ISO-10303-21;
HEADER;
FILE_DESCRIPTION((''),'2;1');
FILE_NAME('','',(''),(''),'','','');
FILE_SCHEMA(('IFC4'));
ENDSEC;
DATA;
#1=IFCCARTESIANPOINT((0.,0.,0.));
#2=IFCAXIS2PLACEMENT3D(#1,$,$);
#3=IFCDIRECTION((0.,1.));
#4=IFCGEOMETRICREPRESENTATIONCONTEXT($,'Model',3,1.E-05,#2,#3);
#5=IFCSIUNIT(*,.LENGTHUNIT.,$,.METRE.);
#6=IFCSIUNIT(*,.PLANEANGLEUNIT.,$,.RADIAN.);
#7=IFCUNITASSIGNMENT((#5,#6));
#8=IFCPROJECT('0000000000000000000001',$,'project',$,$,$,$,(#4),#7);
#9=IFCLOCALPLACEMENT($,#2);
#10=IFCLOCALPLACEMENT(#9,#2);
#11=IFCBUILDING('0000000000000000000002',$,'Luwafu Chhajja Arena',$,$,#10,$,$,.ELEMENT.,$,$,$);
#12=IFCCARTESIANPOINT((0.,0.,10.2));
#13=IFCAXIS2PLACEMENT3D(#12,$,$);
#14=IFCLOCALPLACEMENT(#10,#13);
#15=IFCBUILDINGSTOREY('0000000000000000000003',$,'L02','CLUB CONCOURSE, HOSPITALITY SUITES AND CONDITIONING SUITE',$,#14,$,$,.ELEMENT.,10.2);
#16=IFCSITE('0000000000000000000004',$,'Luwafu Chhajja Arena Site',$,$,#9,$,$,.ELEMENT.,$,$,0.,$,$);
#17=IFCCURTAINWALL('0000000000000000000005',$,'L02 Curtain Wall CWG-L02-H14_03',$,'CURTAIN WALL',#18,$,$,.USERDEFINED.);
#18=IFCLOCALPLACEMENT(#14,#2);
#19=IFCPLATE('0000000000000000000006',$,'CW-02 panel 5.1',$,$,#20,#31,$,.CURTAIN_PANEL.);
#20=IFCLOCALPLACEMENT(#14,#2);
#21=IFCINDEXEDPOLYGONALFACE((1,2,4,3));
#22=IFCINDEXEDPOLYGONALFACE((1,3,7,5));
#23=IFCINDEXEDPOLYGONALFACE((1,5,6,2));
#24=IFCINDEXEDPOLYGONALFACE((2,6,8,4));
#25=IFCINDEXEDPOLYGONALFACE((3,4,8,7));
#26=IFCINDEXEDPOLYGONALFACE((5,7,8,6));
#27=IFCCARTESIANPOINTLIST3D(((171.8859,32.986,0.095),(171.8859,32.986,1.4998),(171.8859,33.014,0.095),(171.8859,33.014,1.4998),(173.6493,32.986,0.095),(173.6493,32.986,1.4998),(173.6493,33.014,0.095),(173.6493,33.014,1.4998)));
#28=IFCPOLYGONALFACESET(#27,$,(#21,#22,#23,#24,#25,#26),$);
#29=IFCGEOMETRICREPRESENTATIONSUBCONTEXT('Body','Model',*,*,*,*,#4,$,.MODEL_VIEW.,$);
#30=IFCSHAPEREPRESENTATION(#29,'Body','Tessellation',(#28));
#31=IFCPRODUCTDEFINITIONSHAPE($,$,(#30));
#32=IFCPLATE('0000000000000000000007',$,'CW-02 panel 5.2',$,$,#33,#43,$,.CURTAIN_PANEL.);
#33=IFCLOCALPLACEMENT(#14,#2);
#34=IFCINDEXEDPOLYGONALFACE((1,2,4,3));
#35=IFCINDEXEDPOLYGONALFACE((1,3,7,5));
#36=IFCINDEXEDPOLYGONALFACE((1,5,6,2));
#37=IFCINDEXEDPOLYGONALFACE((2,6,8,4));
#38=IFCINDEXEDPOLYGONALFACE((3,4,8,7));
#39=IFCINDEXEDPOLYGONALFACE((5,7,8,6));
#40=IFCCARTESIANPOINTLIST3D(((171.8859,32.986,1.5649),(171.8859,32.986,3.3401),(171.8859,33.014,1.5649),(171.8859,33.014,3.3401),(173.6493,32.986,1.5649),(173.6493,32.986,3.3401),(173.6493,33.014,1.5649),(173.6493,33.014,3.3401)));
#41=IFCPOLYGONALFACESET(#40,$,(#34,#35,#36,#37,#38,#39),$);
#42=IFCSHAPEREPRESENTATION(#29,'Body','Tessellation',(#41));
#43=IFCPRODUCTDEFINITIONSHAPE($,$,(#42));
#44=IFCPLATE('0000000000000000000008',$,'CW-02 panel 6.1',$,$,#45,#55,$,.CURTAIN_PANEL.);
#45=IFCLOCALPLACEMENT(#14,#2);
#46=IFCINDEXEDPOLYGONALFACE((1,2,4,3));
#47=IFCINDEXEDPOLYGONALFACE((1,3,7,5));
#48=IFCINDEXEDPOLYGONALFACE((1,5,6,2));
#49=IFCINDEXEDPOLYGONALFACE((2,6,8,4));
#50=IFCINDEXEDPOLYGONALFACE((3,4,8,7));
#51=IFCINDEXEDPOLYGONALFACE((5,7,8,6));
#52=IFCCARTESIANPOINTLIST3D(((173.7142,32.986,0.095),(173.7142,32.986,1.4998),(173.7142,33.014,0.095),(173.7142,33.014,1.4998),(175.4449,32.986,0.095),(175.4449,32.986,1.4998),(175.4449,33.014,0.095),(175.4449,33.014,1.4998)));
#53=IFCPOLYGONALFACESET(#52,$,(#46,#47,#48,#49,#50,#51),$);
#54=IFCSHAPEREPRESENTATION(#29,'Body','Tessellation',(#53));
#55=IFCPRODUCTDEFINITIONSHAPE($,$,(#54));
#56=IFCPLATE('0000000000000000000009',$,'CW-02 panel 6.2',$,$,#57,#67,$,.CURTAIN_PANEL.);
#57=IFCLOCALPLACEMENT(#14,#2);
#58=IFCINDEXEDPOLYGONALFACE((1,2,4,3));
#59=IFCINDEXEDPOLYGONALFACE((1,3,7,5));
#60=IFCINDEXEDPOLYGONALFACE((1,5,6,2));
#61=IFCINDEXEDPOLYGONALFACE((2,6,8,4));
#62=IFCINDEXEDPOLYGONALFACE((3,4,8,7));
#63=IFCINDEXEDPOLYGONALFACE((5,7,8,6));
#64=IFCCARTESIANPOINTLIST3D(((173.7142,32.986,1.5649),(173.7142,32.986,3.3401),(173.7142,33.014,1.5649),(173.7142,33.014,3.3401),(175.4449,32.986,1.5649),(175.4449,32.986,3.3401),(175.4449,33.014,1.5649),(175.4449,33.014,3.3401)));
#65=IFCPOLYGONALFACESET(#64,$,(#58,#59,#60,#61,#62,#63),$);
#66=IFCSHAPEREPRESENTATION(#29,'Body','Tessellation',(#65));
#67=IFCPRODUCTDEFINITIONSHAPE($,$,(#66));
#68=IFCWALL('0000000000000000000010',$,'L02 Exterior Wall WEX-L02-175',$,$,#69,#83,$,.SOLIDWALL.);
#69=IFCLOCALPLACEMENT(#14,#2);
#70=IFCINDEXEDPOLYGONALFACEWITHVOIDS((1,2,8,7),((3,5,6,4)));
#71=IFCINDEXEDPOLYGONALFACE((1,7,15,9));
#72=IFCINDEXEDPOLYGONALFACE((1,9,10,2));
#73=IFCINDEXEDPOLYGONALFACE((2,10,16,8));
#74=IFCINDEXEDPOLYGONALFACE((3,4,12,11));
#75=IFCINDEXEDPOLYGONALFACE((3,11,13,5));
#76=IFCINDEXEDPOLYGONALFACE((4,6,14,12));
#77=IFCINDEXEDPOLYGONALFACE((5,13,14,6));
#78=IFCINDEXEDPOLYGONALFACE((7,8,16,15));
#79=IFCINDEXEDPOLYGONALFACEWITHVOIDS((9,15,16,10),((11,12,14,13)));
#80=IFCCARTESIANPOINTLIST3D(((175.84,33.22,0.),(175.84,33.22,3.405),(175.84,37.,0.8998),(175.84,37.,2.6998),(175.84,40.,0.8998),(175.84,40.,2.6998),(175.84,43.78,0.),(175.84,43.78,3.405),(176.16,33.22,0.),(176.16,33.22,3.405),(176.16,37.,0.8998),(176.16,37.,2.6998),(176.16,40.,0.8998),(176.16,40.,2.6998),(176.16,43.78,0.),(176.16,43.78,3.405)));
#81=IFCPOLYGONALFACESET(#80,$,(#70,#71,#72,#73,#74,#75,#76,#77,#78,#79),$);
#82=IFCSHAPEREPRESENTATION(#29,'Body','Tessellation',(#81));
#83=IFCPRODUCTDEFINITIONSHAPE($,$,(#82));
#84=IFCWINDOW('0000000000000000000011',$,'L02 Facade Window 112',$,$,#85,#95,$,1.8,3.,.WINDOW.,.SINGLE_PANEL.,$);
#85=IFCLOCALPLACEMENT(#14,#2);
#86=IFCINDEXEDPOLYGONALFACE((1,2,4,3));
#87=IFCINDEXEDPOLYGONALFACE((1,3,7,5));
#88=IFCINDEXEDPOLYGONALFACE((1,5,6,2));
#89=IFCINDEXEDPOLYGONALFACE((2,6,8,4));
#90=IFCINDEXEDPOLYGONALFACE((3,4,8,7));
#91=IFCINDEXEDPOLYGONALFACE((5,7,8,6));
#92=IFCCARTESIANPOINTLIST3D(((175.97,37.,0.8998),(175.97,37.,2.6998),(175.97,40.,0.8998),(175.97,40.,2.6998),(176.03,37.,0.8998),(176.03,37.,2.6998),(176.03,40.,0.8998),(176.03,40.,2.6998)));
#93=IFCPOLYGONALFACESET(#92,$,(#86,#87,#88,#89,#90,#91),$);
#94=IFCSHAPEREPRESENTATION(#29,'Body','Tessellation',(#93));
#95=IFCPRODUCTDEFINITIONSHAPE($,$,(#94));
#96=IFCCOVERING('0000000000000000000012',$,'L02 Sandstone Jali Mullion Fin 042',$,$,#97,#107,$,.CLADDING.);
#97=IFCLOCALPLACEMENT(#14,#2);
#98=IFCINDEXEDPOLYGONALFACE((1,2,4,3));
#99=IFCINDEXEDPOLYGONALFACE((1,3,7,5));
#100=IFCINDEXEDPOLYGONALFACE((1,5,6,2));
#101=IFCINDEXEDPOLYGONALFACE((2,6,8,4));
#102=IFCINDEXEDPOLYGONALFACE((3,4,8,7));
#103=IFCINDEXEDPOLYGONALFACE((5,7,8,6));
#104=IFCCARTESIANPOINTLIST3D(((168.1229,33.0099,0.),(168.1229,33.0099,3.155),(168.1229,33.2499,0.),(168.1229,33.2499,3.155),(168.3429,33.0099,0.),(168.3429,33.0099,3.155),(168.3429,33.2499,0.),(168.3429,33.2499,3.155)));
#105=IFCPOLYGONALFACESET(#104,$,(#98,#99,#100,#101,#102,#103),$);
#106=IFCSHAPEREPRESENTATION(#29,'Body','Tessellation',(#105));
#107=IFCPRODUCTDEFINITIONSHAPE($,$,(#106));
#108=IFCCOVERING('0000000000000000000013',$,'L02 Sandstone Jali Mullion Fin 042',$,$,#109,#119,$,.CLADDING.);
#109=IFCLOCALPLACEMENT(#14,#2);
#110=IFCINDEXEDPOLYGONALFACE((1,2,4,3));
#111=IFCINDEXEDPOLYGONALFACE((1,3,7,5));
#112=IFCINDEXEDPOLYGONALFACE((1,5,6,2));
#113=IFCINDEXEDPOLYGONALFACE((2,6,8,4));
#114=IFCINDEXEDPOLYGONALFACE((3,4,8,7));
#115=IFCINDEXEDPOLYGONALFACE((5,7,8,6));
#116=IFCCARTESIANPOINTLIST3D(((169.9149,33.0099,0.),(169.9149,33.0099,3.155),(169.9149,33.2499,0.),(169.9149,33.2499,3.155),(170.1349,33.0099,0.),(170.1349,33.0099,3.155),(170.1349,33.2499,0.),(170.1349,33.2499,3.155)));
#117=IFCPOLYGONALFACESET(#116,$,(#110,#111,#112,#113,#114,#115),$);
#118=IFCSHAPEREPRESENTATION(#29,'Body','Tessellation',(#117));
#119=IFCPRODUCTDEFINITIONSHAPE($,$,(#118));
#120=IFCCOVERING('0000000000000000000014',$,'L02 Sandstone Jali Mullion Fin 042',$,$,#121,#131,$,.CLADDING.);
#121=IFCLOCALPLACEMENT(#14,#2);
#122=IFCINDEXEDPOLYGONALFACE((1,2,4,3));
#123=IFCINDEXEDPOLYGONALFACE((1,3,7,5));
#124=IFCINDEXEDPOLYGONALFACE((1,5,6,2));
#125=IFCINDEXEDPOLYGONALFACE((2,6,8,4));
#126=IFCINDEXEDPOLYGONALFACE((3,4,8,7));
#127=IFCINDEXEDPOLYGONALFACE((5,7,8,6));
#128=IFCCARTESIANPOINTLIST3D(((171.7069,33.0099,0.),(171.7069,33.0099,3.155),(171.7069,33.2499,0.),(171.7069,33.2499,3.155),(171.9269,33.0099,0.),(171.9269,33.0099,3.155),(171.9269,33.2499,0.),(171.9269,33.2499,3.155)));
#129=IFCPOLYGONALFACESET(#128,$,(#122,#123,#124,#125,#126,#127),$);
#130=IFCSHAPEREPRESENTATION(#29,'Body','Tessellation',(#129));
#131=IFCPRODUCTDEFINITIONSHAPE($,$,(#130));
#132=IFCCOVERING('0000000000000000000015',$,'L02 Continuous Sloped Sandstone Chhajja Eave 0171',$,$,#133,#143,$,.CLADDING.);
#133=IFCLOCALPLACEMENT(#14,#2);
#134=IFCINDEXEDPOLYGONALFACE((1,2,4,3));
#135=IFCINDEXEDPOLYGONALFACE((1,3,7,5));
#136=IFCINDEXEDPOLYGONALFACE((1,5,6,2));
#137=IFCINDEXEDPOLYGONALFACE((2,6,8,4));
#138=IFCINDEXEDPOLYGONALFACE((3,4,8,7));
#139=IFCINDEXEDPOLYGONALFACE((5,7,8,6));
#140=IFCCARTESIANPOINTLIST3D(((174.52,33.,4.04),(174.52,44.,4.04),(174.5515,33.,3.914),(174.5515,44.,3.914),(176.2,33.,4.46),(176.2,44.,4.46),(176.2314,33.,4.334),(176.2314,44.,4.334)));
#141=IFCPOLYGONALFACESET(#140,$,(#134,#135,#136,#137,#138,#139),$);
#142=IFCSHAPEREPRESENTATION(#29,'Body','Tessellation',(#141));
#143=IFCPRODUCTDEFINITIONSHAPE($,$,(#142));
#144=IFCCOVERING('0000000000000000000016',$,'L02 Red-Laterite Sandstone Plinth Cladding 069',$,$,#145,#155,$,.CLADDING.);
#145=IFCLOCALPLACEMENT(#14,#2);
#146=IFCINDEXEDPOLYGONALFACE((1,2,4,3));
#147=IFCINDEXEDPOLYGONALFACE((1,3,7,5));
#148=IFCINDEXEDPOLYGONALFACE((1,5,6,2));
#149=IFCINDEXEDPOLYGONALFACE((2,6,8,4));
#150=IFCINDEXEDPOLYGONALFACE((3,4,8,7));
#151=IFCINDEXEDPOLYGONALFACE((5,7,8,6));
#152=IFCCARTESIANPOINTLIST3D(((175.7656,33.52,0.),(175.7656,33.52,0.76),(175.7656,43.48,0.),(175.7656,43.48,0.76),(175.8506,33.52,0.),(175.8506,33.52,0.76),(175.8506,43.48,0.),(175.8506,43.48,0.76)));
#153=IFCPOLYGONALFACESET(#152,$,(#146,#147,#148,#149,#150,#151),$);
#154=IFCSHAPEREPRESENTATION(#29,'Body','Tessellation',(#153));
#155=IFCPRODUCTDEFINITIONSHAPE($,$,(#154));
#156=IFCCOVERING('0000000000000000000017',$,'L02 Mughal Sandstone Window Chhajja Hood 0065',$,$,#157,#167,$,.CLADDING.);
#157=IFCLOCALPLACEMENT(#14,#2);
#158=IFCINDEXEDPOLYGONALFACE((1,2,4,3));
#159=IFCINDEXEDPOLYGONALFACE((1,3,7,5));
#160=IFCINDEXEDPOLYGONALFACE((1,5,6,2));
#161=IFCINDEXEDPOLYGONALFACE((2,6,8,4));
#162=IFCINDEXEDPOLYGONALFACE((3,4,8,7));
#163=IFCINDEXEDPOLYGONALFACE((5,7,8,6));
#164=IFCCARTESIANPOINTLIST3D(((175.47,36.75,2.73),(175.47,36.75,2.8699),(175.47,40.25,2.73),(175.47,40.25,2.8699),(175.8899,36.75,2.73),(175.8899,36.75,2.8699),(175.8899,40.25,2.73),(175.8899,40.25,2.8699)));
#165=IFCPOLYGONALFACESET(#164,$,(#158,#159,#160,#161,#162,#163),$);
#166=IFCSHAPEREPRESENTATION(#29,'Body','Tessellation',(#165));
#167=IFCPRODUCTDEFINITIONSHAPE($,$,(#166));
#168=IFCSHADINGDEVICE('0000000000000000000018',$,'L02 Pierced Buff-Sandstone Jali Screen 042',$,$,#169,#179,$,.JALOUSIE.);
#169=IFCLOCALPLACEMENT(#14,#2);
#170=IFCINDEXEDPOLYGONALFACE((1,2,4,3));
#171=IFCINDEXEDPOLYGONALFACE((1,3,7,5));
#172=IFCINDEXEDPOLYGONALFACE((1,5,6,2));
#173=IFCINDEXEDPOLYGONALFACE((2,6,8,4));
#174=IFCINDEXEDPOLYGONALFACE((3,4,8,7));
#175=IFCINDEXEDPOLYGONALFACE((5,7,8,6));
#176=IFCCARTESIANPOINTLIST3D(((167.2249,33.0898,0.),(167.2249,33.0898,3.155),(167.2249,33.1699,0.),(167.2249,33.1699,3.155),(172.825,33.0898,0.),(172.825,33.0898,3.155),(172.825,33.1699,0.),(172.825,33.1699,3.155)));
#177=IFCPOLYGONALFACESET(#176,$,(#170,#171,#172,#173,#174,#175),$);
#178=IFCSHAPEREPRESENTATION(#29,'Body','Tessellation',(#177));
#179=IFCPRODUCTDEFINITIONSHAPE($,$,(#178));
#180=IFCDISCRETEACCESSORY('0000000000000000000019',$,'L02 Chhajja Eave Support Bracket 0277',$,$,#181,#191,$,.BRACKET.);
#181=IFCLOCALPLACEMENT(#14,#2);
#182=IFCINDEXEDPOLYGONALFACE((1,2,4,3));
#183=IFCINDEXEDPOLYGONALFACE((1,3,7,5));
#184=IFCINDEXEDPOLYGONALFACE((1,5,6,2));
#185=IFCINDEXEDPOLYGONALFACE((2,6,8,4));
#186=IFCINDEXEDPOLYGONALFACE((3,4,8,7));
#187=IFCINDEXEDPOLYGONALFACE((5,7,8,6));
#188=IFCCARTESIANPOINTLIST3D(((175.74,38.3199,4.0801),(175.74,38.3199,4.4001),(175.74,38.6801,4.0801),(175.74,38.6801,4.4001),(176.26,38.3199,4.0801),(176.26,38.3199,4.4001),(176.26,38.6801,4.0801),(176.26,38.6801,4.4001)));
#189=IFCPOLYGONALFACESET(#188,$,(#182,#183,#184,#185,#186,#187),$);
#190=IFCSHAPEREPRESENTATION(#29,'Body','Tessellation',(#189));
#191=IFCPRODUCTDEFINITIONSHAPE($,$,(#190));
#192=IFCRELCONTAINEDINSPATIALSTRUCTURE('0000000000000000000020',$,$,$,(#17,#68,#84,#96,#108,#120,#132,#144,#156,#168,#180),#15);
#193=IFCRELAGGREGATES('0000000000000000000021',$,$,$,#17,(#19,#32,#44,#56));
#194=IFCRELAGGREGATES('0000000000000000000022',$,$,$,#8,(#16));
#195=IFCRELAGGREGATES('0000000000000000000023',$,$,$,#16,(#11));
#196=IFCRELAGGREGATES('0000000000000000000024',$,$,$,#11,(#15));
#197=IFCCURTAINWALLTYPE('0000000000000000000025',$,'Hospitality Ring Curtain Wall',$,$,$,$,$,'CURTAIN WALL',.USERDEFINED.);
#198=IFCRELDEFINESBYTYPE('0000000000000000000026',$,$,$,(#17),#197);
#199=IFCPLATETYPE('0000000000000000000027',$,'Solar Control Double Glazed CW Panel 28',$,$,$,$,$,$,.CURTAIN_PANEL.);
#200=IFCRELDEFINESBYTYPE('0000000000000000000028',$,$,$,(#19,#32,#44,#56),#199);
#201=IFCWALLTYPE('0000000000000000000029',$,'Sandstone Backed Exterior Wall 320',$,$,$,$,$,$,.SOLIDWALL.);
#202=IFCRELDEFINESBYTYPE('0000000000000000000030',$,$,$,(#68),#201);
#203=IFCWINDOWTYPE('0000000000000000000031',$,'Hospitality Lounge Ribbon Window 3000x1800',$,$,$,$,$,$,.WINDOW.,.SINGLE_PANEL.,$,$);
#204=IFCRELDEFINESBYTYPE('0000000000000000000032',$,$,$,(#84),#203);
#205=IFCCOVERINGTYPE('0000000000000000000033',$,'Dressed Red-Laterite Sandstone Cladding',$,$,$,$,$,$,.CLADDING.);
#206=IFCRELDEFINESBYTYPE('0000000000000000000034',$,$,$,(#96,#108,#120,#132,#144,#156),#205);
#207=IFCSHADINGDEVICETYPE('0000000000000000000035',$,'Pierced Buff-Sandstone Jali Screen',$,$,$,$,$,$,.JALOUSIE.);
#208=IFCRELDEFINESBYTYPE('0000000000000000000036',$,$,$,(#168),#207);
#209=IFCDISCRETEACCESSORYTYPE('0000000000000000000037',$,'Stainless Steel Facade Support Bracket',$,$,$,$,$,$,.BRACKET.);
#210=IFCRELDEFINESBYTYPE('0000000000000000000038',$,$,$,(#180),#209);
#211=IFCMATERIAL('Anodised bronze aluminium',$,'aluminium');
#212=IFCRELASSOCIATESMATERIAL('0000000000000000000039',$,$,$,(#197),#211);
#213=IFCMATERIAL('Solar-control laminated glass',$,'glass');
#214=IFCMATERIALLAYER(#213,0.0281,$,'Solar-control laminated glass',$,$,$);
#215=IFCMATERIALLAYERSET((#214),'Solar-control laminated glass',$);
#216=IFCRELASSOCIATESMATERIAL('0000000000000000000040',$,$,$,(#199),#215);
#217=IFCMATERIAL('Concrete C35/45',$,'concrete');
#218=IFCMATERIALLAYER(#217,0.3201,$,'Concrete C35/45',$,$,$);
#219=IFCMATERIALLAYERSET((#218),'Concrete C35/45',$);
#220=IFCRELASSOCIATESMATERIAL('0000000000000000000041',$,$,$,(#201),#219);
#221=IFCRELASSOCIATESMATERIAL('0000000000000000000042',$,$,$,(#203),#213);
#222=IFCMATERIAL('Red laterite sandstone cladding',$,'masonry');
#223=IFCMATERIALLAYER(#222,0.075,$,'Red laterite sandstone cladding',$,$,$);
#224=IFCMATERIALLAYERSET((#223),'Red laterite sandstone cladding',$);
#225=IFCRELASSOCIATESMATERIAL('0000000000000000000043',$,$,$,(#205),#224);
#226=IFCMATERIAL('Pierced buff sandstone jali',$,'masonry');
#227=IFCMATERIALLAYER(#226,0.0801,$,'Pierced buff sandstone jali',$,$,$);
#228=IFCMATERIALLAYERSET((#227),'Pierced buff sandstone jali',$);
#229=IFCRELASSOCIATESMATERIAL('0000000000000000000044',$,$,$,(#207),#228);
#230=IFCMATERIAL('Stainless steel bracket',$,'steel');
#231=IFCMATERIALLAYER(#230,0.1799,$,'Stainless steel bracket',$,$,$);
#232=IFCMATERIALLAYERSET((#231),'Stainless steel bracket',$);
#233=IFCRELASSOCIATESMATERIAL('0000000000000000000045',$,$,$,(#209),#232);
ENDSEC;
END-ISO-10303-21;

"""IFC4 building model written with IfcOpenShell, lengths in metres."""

from ifc_helpers import new_model, si_unit, direction, frame, frame_2d, origin, origin_2d, place, context, subcontext, project, spatial, polyline, rectangle, outline, extrude, material, layer, layer_set, type_object, element, fill, aggregate, save


model = new_model("IFC4")

# Units and contexts
model_context = context("Model", 3, precision=1e-05, world=origin(), true_north=direction((0.0, 1.0)))
body_context = subcontext(model_context, "Body", "Model", "MODEL_VIEW")
ifc_project = project(units=[si_unit("LENGTHUNIT", "METRE"), si_unit("PLANEANGLEUNIT", "RADIAN")], contexts=[model_context])

# Site, building, storey
site_placement = place(None, origin())
site = spatial("IfcSite", under=ifc_project, at=site_placement, Name="Luwafu Chhajja Arena Site", CompositionType="ELEMENT", RefElevation=0.0)
building_placement = place(site_placement, origin())
building = spatial("IfcBuilding", under=site, at=building_placement, Name="Luwafu Chhajja Arena", CompositionType="ELEMENT")
storey_placement = place(building_placement, frame((0.0, 0.0, 10.2)))
storey = spatial("IfcBuildingStorey", under=building, at=storey_placement, Name="L02", Description="CLUB CONCOURSE, HOSPITALITY SUITES AND CONDITIONING SUITE", CompositionType="ELEMENT", Elevation=10.2)

# Shared definitions
ifc_material_1 = material(Name="Concrete C35/45", Category="concrete")

# Curtain wall
ifc_material_2 = material(Name="Anodised bronze aluminium", Category="aluminium")
curtain_wall_type = type_object("IfcCurtainWallType", Name="Hospitality Ring Curtain Wall", ElementType="CURTAIN WALL", PredefinedType="USERDEFINED", material=ifc_material_2)
curtain_wall_placement = place(storey_placement, origin())
curtain_wall = element("IfcCurtainWall", 1, at=curtain_wall_placement, inside=storey, type_object=curtain_wall_type, Name="L02 Curtain Wall CWG-L02-H14_03", ObjectType="CURTAIN WALL", PredefinedType="USERDEFINED")

# Plates
ifc_material_3 = material(Name="Solar-control laminated glass", Category="glass")
ifc_layer_1 = layer(ifc_material_3, 0.0281, Name="Solar-control laminated glass")
ifc_layer_set_1 = layer_set([ifc_layer_1], Name="Solar-control laminated glass")
plate_type = type_object("IfcPlateType", Name="Solar Control Double Glazed CW Panel 28", PredefinedType="CURTAIN_PANEL", material=ifc_layer_set_1)
plate_1_placement = place(storey_placement, frame((172.7676, 33.0, 0.095), z_axis=(0.0, 0.0, 1.0), x_axis=(1.0, 0.0, 0.0)))
plate_1 = element("IfcPlate", 2, at=plate_1_placement, type_object=plate_type, Name="CW-02 panel 5.1", PredefinedType="CURTAIN_PANEL", context=body_context, shape_type="SweptSolid", body=[
    extrude(rectangle(XDim=1.7634, YDim=0.0281, at=origin_2d()), origin(), (0.0, 0.0, 1.0), 1.4048),
])
plate_2_placement = place(storey_placement, frame((172.7676, 33.0, 1.5649), z_axis=(0.0, 0.0, 1.0), x_axis=(1.0, 0.0, 0.0)))
plate_2 = element("IfcPlate", 3, at=plate_2_placement, type_object=plate_type, Name="CW-02 panel 5.2", PredefinedType="CURTAIN_PANEL", context=body_context, shape_type="SweptSolid", body=[
    extrude(rectangle(XDim=1.7634, YDim=0.0281, at=origin_2d()), origin(), (0.0, 0.0, 1.0), 1.7751),
])
plate_3_placement = place(storey_placement, frame((174.5796, 33.0, 0.095), z_axis=(0.0, 0.0, 1.0), x_axis=(1.0, 0.0, 0.0)))
plate_3 = element("IfcPlate", 4, at=plate_3_placement, type_object=plate_type, Name="CW-02 panel 6.1", PredefinedType="CURTAIN_PANEL", context=body_context, shape_type="SweptSolid", body=[
    extrude(rectangle(XDim=1.7307, YDim=0.0281, at=origin_2d()), origin(), (0.0, 0.0, 1.0), 1.4048),
])
plate_4_placement = place(storey_placement, frame((174.5796, 33.0, 1.5649), z_axis=(0.0, 0.0, 1.0), x_axis=(1.0, 0.0, 0.0)))
plate_4 = element("IfcPlate", 5, at=plate_4_placement, type_object=plate_type, Name="CW-02 panel 6.2", PredefinedType="CURTAIN_PANEL", context=body_context, shape_type="SweptSolid", body=[
    extrude(rectangle(XDim=1.7307, YDim=0.0281, at=origin_2d()), origin(), (0.0, 0.0, 1.0), 1.7751),
])
aggregate(curtain_wall, [plate_1, plate_2, plate_3, plate_4])

# Wall, opening, window
ifc_layer_2 = layer(ifc_material_1, 0.3201, Name="Concrete C35/45")
ifc_layer_set_2 = layer_set([ifc_layer_2], Name="Concrete C35/45")
wall_type = type_object("IfcWallType", Name="Sandstone Backed Exterior Wall 320", PredefinedType="SOLIDWALL", material=ifc_layer_set_2)
wall_placement = place(storey_placement, frame((176.0, 33.22, 0.0), z_axis=(0.0, 0.0, 1.0), x_axis=(0.0, 1.0, 0.0)))
wall = element("IfcWall", 6, at=wall_placement, inside=storey, type_object=wall_type, Name="L02 Exterior Wall WEX-L02-175", PredefinedType="SOLIDWALL", context=body_context, shape_type="SweptSolid", body=[
    extrude(rectangle(XDim=10.5601, YDim=0.3201, at=frame_2d((5.28, 0.0))), origin(), (0.0, 0.0, 1.0), 3.405),
])
opening_placement = place(wall_placement, frame((3.78, 0.0, 0.8999)))
opening = element("IfcOpeningElement", 7, at=opening_placement, cuts=wall, PredefinedType="OPENING", context=body_context, shape_type="SweptSolid", body=[
    extrude(rectangle(XDim=3.0, YDim=1.8, at=frame_2d((1.5, 0.8999))), frame((0.0, 0.1699, 0.0), z_axis=(0.0, -1.0, 0.0), x_axis=(1.0, 0.0, 0.0)), (0.0, 0.0, 1.0), 0.3401),
])
window_type = type_object("IfcWindowType", Name="Hospitality Lounge Ribbon Window 3000x1800", PartitioningType="SINGLE_PANEL", PredefinedType="WINDOW", material=ifc_material_3)
window_placement = place(opening_placement, origin())
window = element("IfcWindow", 8, at=window_placement, inside=storey, type_object=window_type, Name="L02 Facade Window 112", OverallHeight=1.8, OverallWidth=3.0, PartitioningType="SINGLE_PANEL", PredefinedType="WINDOW", context=body_context, shape_type="SweptSolid", body=[
    extrude(rectangle(XDim=3.0, YDim=1.8, at=frame_2d((1.5, 0.8999))), frame((0.0, 0.03, 0.0), z_axis=(0.0, -1.0, 0.0), x_axis=(1.0, 0.0, 0.0)), (0.0, 0.0, 1.0), 0.0601),
])
fill(opening, window)

# Coverings
ifc_material_4 = material(Name="Red laterite sandstone cladding", Category="masonry")
ifc_layer_3 = layer(ifc_material_4, 0.075, Name="Red laterite sandstone cladding")
ifc_layer_set_3 = layer_set([ifc_layer_3], Name="Red laterite sandstone cladding")
covering_type = type_object("IfcCoveringType", Name="Dressed Red-Laterite Sandstone Cladding", PredefinedType="CLADDING", material=ifc_layer_set_3)
for number, where, z_axis, x_axis, name in (
    (9, (168.2329, 33.1299, 0.0), (0.0, 0.0, 1.0), (1.0, 0.0, 0.0), "L02 Sandstone Jali Mullion Fin 042"),
    (10, (170.0249, 33.1299, 0.0), (0.0, 0.0, 1.0), (1.0, 0.0, 0.0), "L02 Sandstone Jali Mullion Fin 042"),
    (11, (171.8169, 33.1299, 0.0), (0.0, 0.0, 1.0), (1.0, 0.0, 0.0), "L02 Sandstone Jali Mullion Fin 042"),
):
    element("IfcCovering", number, at=place(storey_placement, frame(where, z_axis=z_axis, x_axis=x_axis)), inside=storey, type_object=covering_type, Name=name, PredefinedType="CLADDING", context=body_context, shape_type="SweptSolid", body=[
        extrude(rectangle(XDim=0.22, YDim=0.24, at=origin_2d()), origin(), (0.0, 0.0, 1.0), 3.155),
    ])
covering_1_placement = place(storey_placement, frame((176.2, 33.0, 4.46), z_axis=(-0.242502, 0.0, 0.970151), x_axis=(0.0, 1.0, 0.0)))
element("IfcCovering", 12, at=covering_1_placement, inside=storey, type_object=covering_type, Name="L02 Continuous Sloped Sandstone Chhajja Eave 0171", PredefinedType="CLADDING", context=body_context, shape_type="SweptSolid", body=[
    extrude(outline(polyline([(0.0, 0.0), (11.0, 0.0), (11.0, 1.7316), (0.0, 1.7316), (0.0, 0.0)])), origin(), (0.0, 0.0, -1.0), 0.1299),
])
covering_2_placement = place(storey_placement, frame((175.8081, 38.5, 0.0), z_axis=(0.0, 0.0, 1.0), x_axis=(0.0, 1.0, 0.0)))
element("IfcCovering", 13, at=covering_2_placement, inside=storey, type_object=covering_type, Name="L02 Red-Laterite Sandstone Plinth Cladding 069", PredefinedType="CLADDING", context=body_context, shape_type="SweptSolid", body=[
    extrude(rectangle(XDim=9.96, YDim=0.085, at=origin_2d()), origin(), (0.0, 0.0, 1.0), 0.76),
])
covering_3_placement = place(storey_placement, frame((175.6799, 38.5, 2.73), z_axis=(0.0, 0.0, 1.0), x_axis=(0.0, 1.0, 0.0)))
element("IfcCovering", 14, at=covering_3_placement, inside=storey, type_object=covering_type, Name="L02 Mughal Sandstone Window Chhajja Hood 0065", PredefinedType="CLADDING", context=body_context, shape_type="SweptSolid", body=[
    extrude(rectangle(XDim=3.5, YDim=0.4199, at=origin_2d()), origin(), (0.0, 0.0, 1.0), 0.1399),
])

# Shading device
ifc_material_5 = material(Name="Pierced buff sandstone jali", Category="masonry")
ifc_layer_4 = layer(ifc_material_5, 0.0801, Name="Pierced buff sandstone jali")
ifc_layer_set_4 = layer_set([ifc_layer_4], Name="Pierced buff sandstone jali")
shading_device_type = type_object("IfcShadingDeviceType", Name="Pierced Buff-Sandstone Jali Screen", PredefinedType="JALOUSIE", material=ifc_layer_set_4)
shading_device_placement = place(storey_placement, frame((170.0249, 33.1299, 0.0), z_axis=(0.0, 0.0, 1.0), x_axis=(1.0, 0.0, 0.0)))
element("IfcShadingDevice", 15, at=shading_device_placement, inside=storey, type_object=shading_device_type, Name="L02 Pierced Buff-Sandstone Jali Screen 042", PredefinedType="JALOUSIE", context=body_context, shape_type="SweptSolid", body=[
    extrude(rectangle(XDim=5.6001, YDim=0.0801, at=origin_2d()), origin(), (0.0, 0.0, 1.0), 3.155),
])

# Discrete accessory
ifc_material_6 = material(Name="Stainless steel bracket", Category="steel")
ifc_layer_5 = layer(ifc_material_6, 0.1799, Name="Stainless steel bracket")
ifc_layer_set_5 = layer_set([ifc_layer_5], Name="Stainless steel bracket")
discrete_accessory_type = type_object("IfcDiscreteAccessoryType", Name="Stainless Steel Facade Support Bracket", PredefinedType="BRACKET", material=ifc_layer_set_5)
discrete_accessory_placement = place(storey_placement, frame((176.0, 38.5, 4.0801), z_axis=(0.0, 0.0, 1.0), x_axis=(0.0, 1.0, 0.0)))
element("IfcDiscreteAccessory", 16, at=discrete_accessory_placement, inside=storey, type_object=discrete_accessory_type, Name="L02 Chhajja Eave Support Bracket 0277", PredefinedType="BRACKET", context=body_context, shape_type="SweptSolid", body=[
    extrude(rectangle(XDim=0.3601, YDim=0.52, at=origin_2d()), origin(), (0.0, 0.0, 1.0), 0.3201),
])

save(model, "model.ifc")
